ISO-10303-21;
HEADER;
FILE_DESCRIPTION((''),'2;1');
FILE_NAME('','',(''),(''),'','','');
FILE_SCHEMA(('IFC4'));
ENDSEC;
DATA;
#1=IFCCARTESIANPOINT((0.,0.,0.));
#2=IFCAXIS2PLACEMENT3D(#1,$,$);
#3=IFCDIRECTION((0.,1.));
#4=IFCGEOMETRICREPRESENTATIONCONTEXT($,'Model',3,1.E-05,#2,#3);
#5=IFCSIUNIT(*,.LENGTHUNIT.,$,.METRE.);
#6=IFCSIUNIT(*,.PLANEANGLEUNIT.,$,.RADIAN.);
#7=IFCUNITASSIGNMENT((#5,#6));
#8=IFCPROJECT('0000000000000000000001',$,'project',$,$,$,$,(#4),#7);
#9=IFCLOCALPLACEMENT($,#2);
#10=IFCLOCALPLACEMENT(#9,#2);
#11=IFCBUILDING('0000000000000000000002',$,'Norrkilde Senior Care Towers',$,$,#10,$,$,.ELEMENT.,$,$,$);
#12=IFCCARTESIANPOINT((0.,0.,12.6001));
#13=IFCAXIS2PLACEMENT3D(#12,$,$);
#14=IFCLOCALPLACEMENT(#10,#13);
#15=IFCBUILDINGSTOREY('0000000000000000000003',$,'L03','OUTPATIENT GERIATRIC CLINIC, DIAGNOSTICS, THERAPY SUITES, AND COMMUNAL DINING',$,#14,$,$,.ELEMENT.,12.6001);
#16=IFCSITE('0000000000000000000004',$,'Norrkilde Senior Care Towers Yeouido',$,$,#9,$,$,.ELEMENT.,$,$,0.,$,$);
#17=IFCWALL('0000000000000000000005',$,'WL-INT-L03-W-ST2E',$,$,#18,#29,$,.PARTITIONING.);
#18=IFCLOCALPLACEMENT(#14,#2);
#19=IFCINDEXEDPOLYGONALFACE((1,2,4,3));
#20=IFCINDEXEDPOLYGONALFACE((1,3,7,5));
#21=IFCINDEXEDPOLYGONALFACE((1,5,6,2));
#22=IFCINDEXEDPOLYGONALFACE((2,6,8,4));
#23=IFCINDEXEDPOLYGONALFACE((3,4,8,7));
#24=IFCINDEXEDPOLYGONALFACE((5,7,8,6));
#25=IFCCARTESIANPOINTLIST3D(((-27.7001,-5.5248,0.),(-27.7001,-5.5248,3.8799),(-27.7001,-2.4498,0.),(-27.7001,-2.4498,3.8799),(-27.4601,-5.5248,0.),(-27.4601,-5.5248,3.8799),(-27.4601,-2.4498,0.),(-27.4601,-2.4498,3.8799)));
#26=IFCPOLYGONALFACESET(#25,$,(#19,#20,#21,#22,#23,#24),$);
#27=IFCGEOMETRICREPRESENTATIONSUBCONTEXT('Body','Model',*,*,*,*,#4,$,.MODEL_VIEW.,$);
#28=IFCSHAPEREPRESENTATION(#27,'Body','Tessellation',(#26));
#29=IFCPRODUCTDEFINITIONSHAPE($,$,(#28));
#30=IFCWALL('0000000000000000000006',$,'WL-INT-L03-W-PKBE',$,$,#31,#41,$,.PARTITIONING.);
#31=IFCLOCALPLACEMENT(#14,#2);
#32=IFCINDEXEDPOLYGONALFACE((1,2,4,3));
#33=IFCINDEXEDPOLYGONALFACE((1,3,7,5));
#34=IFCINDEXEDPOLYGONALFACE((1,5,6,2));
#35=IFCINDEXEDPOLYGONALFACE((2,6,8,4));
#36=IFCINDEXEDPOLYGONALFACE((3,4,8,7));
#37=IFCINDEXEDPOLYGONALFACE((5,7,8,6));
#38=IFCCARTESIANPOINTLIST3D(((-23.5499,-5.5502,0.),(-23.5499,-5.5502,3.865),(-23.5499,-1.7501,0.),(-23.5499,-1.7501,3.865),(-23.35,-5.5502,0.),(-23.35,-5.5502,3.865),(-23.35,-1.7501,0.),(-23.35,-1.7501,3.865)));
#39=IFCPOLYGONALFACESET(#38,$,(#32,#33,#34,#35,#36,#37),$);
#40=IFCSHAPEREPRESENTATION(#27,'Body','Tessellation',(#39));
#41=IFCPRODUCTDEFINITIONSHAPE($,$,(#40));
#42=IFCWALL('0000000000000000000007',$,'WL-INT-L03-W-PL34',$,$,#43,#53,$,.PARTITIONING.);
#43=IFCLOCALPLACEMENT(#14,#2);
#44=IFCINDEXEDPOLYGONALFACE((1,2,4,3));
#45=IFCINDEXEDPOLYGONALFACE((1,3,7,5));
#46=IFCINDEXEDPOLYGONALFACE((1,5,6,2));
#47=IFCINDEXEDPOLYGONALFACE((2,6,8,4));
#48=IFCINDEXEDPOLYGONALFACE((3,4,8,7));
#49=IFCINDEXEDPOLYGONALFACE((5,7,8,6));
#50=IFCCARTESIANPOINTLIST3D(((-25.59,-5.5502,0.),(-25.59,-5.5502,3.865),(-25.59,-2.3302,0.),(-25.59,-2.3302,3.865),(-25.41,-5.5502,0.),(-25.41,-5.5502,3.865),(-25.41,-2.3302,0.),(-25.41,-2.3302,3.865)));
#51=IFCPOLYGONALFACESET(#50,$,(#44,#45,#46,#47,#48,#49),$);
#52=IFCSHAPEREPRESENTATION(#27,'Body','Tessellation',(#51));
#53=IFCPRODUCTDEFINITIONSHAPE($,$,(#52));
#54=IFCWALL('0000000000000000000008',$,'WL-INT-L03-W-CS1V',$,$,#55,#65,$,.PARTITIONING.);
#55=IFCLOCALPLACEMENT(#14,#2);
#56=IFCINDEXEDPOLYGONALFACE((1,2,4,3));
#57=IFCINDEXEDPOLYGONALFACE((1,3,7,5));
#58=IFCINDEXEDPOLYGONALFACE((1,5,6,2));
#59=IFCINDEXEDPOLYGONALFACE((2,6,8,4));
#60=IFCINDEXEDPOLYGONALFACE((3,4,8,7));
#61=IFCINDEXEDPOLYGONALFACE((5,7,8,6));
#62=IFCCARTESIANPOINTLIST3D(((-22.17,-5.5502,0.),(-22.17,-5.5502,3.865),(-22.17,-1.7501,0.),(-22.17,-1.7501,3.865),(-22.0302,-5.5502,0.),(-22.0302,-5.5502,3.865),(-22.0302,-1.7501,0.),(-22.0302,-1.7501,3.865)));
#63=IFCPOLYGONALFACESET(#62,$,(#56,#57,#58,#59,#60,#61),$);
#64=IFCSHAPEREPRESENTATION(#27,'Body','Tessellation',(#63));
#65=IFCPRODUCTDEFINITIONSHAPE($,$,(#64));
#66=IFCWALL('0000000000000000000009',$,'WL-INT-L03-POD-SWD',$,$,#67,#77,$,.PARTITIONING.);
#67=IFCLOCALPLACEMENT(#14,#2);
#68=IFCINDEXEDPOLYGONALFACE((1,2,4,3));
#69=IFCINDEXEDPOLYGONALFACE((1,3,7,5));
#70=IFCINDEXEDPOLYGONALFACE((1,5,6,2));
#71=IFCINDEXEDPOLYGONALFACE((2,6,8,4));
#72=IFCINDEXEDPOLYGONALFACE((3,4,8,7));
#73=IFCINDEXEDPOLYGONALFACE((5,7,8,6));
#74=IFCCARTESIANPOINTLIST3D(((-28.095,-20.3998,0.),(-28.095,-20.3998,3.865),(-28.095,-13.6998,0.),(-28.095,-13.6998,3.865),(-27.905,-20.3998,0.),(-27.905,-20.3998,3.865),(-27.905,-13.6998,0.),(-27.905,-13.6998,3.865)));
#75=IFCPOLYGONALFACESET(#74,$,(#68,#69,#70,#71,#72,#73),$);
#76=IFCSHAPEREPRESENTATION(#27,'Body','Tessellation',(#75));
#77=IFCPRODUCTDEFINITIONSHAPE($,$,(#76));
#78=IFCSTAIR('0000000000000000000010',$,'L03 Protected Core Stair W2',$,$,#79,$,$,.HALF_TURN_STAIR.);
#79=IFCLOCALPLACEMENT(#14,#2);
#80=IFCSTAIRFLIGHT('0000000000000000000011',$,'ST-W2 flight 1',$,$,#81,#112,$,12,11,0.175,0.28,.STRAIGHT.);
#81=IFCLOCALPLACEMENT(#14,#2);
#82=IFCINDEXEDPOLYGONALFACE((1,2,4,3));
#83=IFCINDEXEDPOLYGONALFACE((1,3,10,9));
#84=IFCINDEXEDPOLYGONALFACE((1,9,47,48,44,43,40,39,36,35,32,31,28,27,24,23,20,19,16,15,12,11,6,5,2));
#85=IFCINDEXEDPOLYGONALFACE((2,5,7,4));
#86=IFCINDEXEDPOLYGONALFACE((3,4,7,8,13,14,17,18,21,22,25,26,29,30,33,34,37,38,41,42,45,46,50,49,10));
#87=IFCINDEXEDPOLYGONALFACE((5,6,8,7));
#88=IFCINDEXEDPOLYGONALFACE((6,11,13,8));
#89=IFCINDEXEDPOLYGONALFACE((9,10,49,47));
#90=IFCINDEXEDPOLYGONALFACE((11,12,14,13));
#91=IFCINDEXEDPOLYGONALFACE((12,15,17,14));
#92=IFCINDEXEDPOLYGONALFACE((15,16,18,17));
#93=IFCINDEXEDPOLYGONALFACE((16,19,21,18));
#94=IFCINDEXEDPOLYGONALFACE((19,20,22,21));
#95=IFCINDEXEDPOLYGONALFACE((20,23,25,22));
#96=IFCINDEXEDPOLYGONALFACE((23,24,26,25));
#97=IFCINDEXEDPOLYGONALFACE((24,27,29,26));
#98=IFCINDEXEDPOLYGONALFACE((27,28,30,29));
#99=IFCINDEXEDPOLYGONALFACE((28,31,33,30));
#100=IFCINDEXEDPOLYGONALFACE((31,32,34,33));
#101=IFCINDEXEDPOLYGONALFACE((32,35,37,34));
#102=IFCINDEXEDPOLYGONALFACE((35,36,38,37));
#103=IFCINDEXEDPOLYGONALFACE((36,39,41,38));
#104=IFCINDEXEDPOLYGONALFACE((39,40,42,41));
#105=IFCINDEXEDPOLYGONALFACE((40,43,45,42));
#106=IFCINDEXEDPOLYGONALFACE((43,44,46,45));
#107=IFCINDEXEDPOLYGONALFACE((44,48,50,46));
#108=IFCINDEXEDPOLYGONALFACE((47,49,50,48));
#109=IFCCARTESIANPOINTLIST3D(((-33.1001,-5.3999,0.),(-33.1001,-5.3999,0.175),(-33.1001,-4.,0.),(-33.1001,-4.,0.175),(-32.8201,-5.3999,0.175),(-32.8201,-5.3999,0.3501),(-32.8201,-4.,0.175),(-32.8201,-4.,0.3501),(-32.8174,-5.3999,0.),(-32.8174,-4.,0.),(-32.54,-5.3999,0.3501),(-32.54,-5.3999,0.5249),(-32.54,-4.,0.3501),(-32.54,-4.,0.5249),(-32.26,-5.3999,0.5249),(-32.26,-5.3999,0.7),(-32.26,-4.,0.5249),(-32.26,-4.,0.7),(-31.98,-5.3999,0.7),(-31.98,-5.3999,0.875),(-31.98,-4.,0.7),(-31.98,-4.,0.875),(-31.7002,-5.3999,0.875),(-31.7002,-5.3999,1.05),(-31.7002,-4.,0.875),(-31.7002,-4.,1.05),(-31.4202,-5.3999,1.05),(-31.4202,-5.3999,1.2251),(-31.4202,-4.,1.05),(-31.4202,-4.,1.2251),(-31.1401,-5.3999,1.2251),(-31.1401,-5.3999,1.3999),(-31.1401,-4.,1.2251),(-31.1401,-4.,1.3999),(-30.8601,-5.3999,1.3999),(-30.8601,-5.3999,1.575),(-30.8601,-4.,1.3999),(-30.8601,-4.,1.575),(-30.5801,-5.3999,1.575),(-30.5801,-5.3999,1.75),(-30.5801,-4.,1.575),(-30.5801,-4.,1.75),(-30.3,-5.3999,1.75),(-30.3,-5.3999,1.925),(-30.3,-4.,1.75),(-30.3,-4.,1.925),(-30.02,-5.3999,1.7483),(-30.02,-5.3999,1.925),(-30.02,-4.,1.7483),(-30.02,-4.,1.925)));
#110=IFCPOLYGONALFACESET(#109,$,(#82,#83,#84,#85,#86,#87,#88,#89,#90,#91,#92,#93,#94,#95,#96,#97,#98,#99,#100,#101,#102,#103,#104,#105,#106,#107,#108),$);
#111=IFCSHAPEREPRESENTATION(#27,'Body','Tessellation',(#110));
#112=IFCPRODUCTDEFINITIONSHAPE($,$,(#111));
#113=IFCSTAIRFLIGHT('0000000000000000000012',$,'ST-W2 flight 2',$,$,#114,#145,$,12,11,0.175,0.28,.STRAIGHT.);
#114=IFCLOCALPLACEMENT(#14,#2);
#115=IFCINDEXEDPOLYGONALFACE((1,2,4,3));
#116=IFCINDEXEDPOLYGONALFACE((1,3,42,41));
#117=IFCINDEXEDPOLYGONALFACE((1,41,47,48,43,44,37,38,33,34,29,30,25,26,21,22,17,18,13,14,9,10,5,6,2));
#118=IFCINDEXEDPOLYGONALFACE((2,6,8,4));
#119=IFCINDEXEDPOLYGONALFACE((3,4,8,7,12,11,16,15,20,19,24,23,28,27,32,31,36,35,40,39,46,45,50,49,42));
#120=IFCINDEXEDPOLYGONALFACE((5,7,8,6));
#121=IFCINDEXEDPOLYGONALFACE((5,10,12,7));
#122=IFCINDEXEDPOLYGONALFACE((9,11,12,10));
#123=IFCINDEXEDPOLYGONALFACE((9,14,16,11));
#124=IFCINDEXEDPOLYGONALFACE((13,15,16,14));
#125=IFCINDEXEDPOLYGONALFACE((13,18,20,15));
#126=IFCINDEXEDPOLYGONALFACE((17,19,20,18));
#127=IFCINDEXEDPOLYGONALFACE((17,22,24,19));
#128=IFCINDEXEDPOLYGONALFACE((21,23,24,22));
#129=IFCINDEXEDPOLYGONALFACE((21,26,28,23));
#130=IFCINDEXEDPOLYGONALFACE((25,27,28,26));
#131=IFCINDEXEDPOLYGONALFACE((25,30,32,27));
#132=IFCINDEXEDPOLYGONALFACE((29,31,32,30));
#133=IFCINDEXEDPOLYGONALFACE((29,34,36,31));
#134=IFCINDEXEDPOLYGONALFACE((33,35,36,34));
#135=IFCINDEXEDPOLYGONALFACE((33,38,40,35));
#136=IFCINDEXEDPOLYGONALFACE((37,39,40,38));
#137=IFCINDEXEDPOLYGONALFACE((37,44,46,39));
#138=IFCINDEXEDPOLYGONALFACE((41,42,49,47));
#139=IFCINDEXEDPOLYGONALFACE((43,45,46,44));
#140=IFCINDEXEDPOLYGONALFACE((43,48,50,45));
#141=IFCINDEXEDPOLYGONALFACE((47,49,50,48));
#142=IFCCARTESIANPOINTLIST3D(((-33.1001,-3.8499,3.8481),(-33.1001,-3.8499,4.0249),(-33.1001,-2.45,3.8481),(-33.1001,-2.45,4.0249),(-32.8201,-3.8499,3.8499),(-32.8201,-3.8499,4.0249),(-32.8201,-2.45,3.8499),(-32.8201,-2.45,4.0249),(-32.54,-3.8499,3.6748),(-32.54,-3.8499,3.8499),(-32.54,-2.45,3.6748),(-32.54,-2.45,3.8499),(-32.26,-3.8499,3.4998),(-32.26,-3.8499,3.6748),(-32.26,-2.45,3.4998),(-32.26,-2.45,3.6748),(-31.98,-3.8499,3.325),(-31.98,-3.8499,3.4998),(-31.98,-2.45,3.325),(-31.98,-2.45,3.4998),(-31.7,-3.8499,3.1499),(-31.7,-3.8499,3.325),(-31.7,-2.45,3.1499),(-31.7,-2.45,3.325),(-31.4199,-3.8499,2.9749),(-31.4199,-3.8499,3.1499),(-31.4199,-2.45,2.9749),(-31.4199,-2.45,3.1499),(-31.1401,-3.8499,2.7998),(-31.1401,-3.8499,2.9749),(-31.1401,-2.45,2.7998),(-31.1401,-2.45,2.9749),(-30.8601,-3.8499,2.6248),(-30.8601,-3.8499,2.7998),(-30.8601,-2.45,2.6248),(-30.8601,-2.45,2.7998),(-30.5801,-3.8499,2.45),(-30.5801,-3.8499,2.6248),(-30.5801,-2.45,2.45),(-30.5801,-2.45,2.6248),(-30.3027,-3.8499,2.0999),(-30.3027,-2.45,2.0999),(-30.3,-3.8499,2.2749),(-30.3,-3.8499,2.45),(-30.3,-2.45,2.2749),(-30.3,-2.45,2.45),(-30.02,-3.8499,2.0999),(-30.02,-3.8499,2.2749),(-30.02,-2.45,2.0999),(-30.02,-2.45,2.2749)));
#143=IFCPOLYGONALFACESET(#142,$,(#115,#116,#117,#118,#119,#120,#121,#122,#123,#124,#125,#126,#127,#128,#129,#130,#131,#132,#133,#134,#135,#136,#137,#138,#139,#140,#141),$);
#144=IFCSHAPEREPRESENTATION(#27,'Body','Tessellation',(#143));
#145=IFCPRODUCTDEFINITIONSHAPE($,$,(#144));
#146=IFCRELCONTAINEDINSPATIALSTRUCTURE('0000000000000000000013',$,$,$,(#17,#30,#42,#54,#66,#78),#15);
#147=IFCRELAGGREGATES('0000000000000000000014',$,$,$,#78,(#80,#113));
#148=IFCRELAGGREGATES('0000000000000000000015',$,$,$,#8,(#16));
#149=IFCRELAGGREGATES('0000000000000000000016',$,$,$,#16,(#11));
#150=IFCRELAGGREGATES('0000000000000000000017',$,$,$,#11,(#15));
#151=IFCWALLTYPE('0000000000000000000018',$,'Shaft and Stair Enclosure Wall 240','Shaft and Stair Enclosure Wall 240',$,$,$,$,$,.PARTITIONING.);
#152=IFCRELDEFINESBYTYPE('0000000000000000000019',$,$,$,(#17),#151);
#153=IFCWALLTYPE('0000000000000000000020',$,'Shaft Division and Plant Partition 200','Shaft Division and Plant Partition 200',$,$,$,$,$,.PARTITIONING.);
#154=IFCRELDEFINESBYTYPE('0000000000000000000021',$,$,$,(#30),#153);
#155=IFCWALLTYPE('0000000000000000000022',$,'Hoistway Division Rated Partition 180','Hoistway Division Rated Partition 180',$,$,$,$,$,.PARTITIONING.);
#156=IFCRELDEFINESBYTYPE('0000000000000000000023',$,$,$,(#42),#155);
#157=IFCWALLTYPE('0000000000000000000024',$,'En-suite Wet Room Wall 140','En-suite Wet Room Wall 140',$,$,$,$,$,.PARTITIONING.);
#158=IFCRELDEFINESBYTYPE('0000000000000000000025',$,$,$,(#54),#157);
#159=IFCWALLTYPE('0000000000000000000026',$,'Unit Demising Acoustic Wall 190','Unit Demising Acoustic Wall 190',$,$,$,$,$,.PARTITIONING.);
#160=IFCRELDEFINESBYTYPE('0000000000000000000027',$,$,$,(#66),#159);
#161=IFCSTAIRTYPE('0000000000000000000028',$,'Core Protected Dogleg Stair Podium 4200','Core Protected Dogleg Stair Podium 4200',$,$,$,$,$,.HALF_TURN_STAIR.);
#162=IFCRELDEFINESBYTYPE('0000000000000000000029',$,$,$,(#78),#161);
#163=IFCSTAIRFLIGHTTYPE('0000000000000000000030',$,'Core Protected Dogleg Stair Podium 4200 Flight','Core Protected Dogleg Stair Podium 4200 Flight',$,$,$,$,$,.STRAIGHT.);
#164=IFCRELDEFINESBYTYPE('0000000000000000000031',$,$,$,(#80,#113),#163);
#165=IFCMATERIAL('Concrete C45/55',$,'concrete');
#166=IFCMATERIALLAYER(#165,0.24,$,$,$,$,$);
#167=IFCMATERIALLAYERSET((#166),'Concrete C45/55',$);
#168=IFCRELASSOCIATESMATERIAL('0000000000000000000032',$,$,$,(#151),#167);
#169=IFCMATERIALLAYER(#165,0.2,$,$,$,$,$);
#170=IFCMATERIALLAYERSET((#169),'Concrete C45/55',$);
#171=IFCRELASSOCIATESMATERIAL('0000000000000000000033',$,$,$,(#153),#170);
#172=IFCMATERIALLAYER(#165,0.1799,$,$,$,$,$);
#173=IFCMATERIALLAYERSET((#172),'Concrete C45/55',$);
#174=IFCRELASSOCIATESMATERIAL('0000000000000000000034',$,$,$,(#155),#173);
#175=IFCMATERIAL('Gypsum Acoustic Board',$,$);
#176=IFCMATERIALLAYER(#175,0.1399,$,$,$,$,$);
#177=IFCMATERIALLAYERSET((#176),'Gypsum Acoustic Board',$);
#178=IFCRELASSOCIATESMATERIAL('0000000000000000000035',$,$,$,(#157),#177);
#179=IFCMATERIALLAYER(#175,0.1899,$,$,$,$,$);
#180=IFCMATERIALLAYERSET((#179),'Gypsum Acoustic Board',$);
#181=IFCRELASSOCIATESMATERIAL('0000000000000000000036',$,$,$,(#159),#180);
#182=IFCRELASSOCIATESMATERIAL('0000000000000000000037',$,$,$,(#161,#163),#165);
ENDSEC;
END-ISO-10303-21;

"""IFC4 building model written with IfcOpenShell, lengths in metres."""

from ifc_helpers import new_model, si_unit, direction, frame, frame_2d, origin, place, context, subcontext, project, spatial, polyline, rectangle, outline, extrude, source, transform, mapped, material, layer, layer_set, type_object, type_shapes, element, aggregate, save


model = new_model("IFC4")

# Units and contexts
model_context = context("Model", 3, precision=1e-05, world=origin(), true_north=direction((0.0, 1.0)))
body_context = subcontext(model_context, "Body", "Model", "MODEL_VIEW")
ifc_project = project(units=[si_unit("LENGTHUNIT", "METRE"), si_unit("PLANEANGLEUNIT", "RADIAN")], contexts=[model_context])

# Site, building, storey
site_placement = place(None, origin())
site = spatial("IfcSite", under=ifc_project, at=site_placement, Name="Norrkilde Senior Care Towers Yeouido", CompositionType="ELEMENT", RefElevation=0.0)
building_placement = place(site_placement, origin())
building = spatial("IfcBuilding", under=site, at=building_placement, Name="Norrkilde Senior Care Towers", CompositionType="ELEMENT")
storey_placement = place(building_placement, frame((0.0, 0.0, 12.6001)))
storey = spatial("IfcBuildingStorey", under=building, at=storey_placement, Name="L03", Description="OUTPATIENT GERIATRIC CLINIC, DIAGNOSTICS, THERAPY SUITES, AND COMMUNAL DINING", CompositionType="ELEMENT", Elevation=12.6001)

# Walls
ifc_material_1 = material(Name="Concrete C45/55", Category="concrete")
ifc_layer_1 = layer(ifc_material_1, 0.24)
ifc_layer_set_1 = layer_set([ifc_layer_1], Name="Concrete C45/55")
wall_type_1 = type_object("IfcWallType", Name="Shaft and Stair Enclosure Wall 240", Description="Shaft and Stair Enclosure Wall 240", PredefinedType="PARTITIONING", material=ifc_layer_set_1)
shared_shape_1 = source(origin(), body_context, "Body", "SweptSolid", [
    extrude(rectangle(XDim=3.075, YDim=0.24, at=frame_2d((1.5376, 0.0))), origin(), (0.0, 0.0, 1.0), 3.8799),
])
type_shapes(wall_type_1, [shared_shape_1])
wall_1_placement = place(storey_placement, frame((-27.5801, -5.5249, 0.0), z_axis=(0.0, 0.0, 1.0), x_axis=(0.0, 1.0, 0.0)))
element("IfcWall", 1, at=wall_1_placement, inside=storey, type_object=wall_type_1, Name="WL-INT-L03-W-ST2E", PredefinedType="PARTITIONING", context=body_context, shape_type="MappedRepresentation", body=[
    mapped(shared_shape_1, transform((0.0, 0.0, 0.0), x_axis=(1.0, 0.0, 0.0), y_axis=(0.0, 1.0, 0.0), z_axis=(0.0, 0.0, 1.0), scale=1.0)),
])
ifc_layer_2 = layer(ifc_material_1, 0.2)
ifc_layer_set_2 = layer_set([ifc_layer_2], Name="Concrete C45/55")
wall_type_2 = type_object("IfcWallType", Name="Shaft Division and Plant Partition 200", Description="Shaft Division and Plant Partition 200", PredefinedType="PARTITIONING", material=ifc_layer_set_2)
shared_shape_2 = source(origin(), body_context, "Body", "SweptSolid", [
    extrude(rectangle(XDim=3.8, YDim=0.2, at=frame_2d((1.8999, 0.0))), origin(), (0.0, 0.0, 1.0), 3.865),
])
type_shapes(wall_type_2, [shared_shape_2])
wall_2_placement = place(storey_placement, frame((-23.45, -5.55, 0.0), z_axis=(0.0, 0.0, 1.0), x_axis=(0.0, 1.0, 0.0)))
element("IfcWall", 2, at=wall_2_placement, inside=storey, type_object=wall_type_2, Name="WL-INT-L03-W-PKBE", PredefinedType="PARTITIONING", context=body_context, shape_type="MappedRepresentation", body=[
    mapped(shared_shape_2, transform((0.0, 0.0, 0.0), x_axis=(1.0, 0.0, 0.0), y_axis=(0.0, 1.0, 0.0), z_axis=(0.0, 0.0, 1.0), scale=1.0)),
])
ifc_layer_3 = layer(ifc_material_1, 0.1799)
ifc_layer_set_3 = layer_set([ifc_layer_3], Name="Concrete C45/55")
wall_type_3 = type_object("IfcWallType", Name="Hoistway Division Rated Partition 180", Description="Hoistway Division Rated Partition 180", PredefinedType="PARTITIONING", material=ifc_layer_set_3)
shared_shape_3 = source(origin(), body_context, "Body", "SweptSolid", [
    extrude(rectangle(XDim=3.22, YDim=0.1799, at=frame_2d((1.6099, 0.0))), origin(), (0.0, 0.0, 1.0), 3.865),
])
type_shapes(wall_type_3, [shared_shape_3])
wall_3_placement = place(storey_placement, frame((-25.5, -5.55, 0.0), z_axis=(0.0, 0.0, 1.0), x_axis=(0.0, 1.0, 0.0)))
element("IfcWall", 3, at=wall_3_placement, inside=storey, type_object=wall_type_3, Name="WL-INT-L03-W-PL34", PredefinedType="PARTITIONING", context=body_context, shape_type="MappedRepresentation", body=[
    mapped(shared_shape_3, transform((0.0, 0.0, 0.0), x_axis=(1.0, 0.0, 0.0), y_axis=(0.0, 1.0, 0.0), z_axis=(0.0, 0.0, 1.0), scale=1.0)),
])
ifc_material_2 = material(Name="Gypsum Acoustic Board")
ifc_layer_4 = layer(ifc_material_2, 0.1399)
ifc_layer_set_4 = layer_set([ifc_layer_4], Name="Gypsum Acoustic Board")
wall_type_4 = type_object("IfcWallType", Name="En-suite Wet Room Wall 140", Description="En-suite Wet Room Wall 140", PredefinedType="PARTITIONING", material=ifc_layer_set_4)
shared_shape_4 = source(origin(), body_context, "Body", "SweptSolid", [
    extrude(rectangle(XDim=3.8, YDim=0.1399, at=frame_2d((1.8999, 0.0))), origin(), (0.0, 0.0, 1.0), 3.865),
])
type_shapes(wall_type_4, [shared_shape_4])
wall_4_placement = place(storey_placement, frame((-22.1001, -5.55, 0.0), z_axis=(0.0, 0.0, 1.0), x_axis=(0.0, 1.0, 0.0)))
element("IfcWall", 4, at=wall_4_placement, inside=storey, type_object=wall_type_4, Name="WL-INT-L03-W-CS1V", PredefinedType="PARTITIONING", context=body_context, shape_type="MappedRepresentation", body=[
    mapped(shared_shape_4, transform((0.0, 0.0, 0.0), x_axis=(1.0, 0.0, 0.0), y_axis=(0.0, 1.0, 0.0), z_axis=(0.0, 0.0, 1.0), scale=1.0)),
])
ifc_layer_5 = layer(ifc_material_2, 0.1899)
ifc_layer_set_5 = layer_set([ifc_layer_5], Name="Gypsum Acoustic Board")
wall_type_5 = type_object("IfcWallType", Name="Unit Demising Acoustic Wall 190", Description="Unit Demising Acoustic Wall 190", PredefinedType="PARTITIONING", material=ifc_layer_set_5)
shared_shape_5 = source(origin(), body_context, "Body", "SweptSolid", [
    extrude(rectangle(XDim=6.7, YDim=0.1899, at=frame_2d((3.3501, 0.0))), origin(), (0.0, 0.0, 1.0), 3.865),
])
type_shapes(wall_type_5, [shared_shape_5])
wall_5_placement = place(storey_placement, frame((-28.0, -20.3999, 0.0), z_axis=(0.0, 0.0, 1.0), x_axis=(0.0, 1.0, 0.0)))
element("IfcWall", 5, at=wall_5_placement, inside=storey, type_object=wall_type_5, Name="WL-INT-L03-POD-SWD", PredefinedType="PARTITIONING", context=body_context, shape_type="MappedRepresentation", body=[
    mapped(shared_shape_5, transform((0.0, 0.0, 0.0), x_axis=(1.0, 0.0, 0.0), y_axis=(0.0, 1.0, 0.0), z_axis=(0.0, 0.0, 1.0), scale=1.0)),
])

# Stair, stair flights
stair_type = type_object("IfcStairType", Name="Core Protected Dogleg Stair Podium 4200", Description="Core Protected Dogleg Stair Podium 4200", PredefinedType="HALF_TURN_STAIR", material=ifc_material_1)
stair_placement = place(storey_placement, origin())
stair = element("IfcStair", 6, at=stair_placement, inside=storey, type_object=stair_type, Name="L03 Protected Core Stair W2", PredefinedType="HALF_TURN_STAIR")
stair_flight_type = type_object("IfcStairFlightType", Name="Core Protected Dogleg Stair Podium 4200 Flight", Description="Core Protected Dogleg Stair Podium 4200 Flight", PredefinedType="STRAIGHT", material=ifc_material_1)
stair_flight_1_placement = place(storey_placement, frame((-33.1001, -4.7, 0.0), z_axis=(0.0, 0.0, 1.0), x_axis=(1.0, 0.0, 0.0)))
stair_flight_1 = element("IfcStairFlight", 7, at=stair_flight_1_placement, type_object=stair_flight_type, Name="ST-W2 flight 1", NumberOfRisers=12, NumberOfTreads=11, PredefinedType="STRAIGHT", RiserHeight=0.175, TreadLength=0.28, context=body_context, shape_type="SweptSolid", body=[
    extrude(outline(polyline([(0.0, 0.0), (0.0, 0.175), (0.28, 0.175), (0.28, 0.3501), (0.5601, 0.3501), (0.5601, 0.5249), (0.8401, 0.5249), (0.8401, 0.7), (1.1201, 0.7), (1.1201, 0.875), (1.3999, 0.875), (1.3999, 1.05), (1.6799, 1.05), (1.6799, 1.2251), (1.96, 1.2251), (1.96, 1.3999), (2.24, 1.3999), (2.24, 1.575), (2.52, 1.575), (2.52, 1.75), (2.8, 1.75), (2.8, 1.925), (3.0801, 1.925), (3.0801, 2.1001), (3.0801, 1.7483), (0.2827, 0.0), (0.0, 0.0)])), frame((0.0, 0.7, 0.0), z_axis=(0.0, -1.0, 0.0), x_axis=(1.0, 0.0, 0.0)), (0.0, 0.0, 1.0), 1.3999),
])
stair_flight_2_placement = place(storey_placement, frame((-30.02, -3.1499, 2.0999), z_axis=(0.0, 0.0, 1.0), x_axis=(-1.0, 0.0, 0.0)))
stair_flight_2 = element("IfcStairFlight", 8, at=stair_flight_2_placement, type_object=stair_flight_type, Name="ST-W2 flight 2", NumberOfRisers=12, NumberOfTreads=11, PredefinedType="STRAIGHT", RiserHeight=0.175, TreadLength=0.28, context=body_context, shape_type="SweptSolid", body=[
    extrude(outline(polyline([(0.0, 0.0), (0.0, 0.175), (0.28, 0.175), (0.28, 0.3501), (0.5601, 0.3501), (0.5601, 0.5249), (0.8401, 0.5249), (0.8401, 0.7), (1.1201, 0.7), (1.1201, 0.875), (1.3999, 0.875), (1.3999, 1.05), (1.6799, 1.05), (1.6799, 1.2251), (1.96, 1.2251), (1.96, 1.3999), (2.24, 1.3999), (2.24, 1.575), (2.52, 1.575), (2.52, 1.75), (2.8, 1.75), (2.8, 1.925), (3.0801, 1.925), (3.0801, 2.1001), (3.0801, 1.7483), (0.2827, 0.0), (0.0, 0.0)])), frame((0.0, 0.7, 0.0), z_axis=(0.0, -1.0, 0.0), x_axis=(1.0, 0.0, 0.0)), (0.0, 0.0, 1.0), 1.3999),
])
aggregate(stair, [stair_flight_1, stair_flight_2])

save(model, "model.ifc")
